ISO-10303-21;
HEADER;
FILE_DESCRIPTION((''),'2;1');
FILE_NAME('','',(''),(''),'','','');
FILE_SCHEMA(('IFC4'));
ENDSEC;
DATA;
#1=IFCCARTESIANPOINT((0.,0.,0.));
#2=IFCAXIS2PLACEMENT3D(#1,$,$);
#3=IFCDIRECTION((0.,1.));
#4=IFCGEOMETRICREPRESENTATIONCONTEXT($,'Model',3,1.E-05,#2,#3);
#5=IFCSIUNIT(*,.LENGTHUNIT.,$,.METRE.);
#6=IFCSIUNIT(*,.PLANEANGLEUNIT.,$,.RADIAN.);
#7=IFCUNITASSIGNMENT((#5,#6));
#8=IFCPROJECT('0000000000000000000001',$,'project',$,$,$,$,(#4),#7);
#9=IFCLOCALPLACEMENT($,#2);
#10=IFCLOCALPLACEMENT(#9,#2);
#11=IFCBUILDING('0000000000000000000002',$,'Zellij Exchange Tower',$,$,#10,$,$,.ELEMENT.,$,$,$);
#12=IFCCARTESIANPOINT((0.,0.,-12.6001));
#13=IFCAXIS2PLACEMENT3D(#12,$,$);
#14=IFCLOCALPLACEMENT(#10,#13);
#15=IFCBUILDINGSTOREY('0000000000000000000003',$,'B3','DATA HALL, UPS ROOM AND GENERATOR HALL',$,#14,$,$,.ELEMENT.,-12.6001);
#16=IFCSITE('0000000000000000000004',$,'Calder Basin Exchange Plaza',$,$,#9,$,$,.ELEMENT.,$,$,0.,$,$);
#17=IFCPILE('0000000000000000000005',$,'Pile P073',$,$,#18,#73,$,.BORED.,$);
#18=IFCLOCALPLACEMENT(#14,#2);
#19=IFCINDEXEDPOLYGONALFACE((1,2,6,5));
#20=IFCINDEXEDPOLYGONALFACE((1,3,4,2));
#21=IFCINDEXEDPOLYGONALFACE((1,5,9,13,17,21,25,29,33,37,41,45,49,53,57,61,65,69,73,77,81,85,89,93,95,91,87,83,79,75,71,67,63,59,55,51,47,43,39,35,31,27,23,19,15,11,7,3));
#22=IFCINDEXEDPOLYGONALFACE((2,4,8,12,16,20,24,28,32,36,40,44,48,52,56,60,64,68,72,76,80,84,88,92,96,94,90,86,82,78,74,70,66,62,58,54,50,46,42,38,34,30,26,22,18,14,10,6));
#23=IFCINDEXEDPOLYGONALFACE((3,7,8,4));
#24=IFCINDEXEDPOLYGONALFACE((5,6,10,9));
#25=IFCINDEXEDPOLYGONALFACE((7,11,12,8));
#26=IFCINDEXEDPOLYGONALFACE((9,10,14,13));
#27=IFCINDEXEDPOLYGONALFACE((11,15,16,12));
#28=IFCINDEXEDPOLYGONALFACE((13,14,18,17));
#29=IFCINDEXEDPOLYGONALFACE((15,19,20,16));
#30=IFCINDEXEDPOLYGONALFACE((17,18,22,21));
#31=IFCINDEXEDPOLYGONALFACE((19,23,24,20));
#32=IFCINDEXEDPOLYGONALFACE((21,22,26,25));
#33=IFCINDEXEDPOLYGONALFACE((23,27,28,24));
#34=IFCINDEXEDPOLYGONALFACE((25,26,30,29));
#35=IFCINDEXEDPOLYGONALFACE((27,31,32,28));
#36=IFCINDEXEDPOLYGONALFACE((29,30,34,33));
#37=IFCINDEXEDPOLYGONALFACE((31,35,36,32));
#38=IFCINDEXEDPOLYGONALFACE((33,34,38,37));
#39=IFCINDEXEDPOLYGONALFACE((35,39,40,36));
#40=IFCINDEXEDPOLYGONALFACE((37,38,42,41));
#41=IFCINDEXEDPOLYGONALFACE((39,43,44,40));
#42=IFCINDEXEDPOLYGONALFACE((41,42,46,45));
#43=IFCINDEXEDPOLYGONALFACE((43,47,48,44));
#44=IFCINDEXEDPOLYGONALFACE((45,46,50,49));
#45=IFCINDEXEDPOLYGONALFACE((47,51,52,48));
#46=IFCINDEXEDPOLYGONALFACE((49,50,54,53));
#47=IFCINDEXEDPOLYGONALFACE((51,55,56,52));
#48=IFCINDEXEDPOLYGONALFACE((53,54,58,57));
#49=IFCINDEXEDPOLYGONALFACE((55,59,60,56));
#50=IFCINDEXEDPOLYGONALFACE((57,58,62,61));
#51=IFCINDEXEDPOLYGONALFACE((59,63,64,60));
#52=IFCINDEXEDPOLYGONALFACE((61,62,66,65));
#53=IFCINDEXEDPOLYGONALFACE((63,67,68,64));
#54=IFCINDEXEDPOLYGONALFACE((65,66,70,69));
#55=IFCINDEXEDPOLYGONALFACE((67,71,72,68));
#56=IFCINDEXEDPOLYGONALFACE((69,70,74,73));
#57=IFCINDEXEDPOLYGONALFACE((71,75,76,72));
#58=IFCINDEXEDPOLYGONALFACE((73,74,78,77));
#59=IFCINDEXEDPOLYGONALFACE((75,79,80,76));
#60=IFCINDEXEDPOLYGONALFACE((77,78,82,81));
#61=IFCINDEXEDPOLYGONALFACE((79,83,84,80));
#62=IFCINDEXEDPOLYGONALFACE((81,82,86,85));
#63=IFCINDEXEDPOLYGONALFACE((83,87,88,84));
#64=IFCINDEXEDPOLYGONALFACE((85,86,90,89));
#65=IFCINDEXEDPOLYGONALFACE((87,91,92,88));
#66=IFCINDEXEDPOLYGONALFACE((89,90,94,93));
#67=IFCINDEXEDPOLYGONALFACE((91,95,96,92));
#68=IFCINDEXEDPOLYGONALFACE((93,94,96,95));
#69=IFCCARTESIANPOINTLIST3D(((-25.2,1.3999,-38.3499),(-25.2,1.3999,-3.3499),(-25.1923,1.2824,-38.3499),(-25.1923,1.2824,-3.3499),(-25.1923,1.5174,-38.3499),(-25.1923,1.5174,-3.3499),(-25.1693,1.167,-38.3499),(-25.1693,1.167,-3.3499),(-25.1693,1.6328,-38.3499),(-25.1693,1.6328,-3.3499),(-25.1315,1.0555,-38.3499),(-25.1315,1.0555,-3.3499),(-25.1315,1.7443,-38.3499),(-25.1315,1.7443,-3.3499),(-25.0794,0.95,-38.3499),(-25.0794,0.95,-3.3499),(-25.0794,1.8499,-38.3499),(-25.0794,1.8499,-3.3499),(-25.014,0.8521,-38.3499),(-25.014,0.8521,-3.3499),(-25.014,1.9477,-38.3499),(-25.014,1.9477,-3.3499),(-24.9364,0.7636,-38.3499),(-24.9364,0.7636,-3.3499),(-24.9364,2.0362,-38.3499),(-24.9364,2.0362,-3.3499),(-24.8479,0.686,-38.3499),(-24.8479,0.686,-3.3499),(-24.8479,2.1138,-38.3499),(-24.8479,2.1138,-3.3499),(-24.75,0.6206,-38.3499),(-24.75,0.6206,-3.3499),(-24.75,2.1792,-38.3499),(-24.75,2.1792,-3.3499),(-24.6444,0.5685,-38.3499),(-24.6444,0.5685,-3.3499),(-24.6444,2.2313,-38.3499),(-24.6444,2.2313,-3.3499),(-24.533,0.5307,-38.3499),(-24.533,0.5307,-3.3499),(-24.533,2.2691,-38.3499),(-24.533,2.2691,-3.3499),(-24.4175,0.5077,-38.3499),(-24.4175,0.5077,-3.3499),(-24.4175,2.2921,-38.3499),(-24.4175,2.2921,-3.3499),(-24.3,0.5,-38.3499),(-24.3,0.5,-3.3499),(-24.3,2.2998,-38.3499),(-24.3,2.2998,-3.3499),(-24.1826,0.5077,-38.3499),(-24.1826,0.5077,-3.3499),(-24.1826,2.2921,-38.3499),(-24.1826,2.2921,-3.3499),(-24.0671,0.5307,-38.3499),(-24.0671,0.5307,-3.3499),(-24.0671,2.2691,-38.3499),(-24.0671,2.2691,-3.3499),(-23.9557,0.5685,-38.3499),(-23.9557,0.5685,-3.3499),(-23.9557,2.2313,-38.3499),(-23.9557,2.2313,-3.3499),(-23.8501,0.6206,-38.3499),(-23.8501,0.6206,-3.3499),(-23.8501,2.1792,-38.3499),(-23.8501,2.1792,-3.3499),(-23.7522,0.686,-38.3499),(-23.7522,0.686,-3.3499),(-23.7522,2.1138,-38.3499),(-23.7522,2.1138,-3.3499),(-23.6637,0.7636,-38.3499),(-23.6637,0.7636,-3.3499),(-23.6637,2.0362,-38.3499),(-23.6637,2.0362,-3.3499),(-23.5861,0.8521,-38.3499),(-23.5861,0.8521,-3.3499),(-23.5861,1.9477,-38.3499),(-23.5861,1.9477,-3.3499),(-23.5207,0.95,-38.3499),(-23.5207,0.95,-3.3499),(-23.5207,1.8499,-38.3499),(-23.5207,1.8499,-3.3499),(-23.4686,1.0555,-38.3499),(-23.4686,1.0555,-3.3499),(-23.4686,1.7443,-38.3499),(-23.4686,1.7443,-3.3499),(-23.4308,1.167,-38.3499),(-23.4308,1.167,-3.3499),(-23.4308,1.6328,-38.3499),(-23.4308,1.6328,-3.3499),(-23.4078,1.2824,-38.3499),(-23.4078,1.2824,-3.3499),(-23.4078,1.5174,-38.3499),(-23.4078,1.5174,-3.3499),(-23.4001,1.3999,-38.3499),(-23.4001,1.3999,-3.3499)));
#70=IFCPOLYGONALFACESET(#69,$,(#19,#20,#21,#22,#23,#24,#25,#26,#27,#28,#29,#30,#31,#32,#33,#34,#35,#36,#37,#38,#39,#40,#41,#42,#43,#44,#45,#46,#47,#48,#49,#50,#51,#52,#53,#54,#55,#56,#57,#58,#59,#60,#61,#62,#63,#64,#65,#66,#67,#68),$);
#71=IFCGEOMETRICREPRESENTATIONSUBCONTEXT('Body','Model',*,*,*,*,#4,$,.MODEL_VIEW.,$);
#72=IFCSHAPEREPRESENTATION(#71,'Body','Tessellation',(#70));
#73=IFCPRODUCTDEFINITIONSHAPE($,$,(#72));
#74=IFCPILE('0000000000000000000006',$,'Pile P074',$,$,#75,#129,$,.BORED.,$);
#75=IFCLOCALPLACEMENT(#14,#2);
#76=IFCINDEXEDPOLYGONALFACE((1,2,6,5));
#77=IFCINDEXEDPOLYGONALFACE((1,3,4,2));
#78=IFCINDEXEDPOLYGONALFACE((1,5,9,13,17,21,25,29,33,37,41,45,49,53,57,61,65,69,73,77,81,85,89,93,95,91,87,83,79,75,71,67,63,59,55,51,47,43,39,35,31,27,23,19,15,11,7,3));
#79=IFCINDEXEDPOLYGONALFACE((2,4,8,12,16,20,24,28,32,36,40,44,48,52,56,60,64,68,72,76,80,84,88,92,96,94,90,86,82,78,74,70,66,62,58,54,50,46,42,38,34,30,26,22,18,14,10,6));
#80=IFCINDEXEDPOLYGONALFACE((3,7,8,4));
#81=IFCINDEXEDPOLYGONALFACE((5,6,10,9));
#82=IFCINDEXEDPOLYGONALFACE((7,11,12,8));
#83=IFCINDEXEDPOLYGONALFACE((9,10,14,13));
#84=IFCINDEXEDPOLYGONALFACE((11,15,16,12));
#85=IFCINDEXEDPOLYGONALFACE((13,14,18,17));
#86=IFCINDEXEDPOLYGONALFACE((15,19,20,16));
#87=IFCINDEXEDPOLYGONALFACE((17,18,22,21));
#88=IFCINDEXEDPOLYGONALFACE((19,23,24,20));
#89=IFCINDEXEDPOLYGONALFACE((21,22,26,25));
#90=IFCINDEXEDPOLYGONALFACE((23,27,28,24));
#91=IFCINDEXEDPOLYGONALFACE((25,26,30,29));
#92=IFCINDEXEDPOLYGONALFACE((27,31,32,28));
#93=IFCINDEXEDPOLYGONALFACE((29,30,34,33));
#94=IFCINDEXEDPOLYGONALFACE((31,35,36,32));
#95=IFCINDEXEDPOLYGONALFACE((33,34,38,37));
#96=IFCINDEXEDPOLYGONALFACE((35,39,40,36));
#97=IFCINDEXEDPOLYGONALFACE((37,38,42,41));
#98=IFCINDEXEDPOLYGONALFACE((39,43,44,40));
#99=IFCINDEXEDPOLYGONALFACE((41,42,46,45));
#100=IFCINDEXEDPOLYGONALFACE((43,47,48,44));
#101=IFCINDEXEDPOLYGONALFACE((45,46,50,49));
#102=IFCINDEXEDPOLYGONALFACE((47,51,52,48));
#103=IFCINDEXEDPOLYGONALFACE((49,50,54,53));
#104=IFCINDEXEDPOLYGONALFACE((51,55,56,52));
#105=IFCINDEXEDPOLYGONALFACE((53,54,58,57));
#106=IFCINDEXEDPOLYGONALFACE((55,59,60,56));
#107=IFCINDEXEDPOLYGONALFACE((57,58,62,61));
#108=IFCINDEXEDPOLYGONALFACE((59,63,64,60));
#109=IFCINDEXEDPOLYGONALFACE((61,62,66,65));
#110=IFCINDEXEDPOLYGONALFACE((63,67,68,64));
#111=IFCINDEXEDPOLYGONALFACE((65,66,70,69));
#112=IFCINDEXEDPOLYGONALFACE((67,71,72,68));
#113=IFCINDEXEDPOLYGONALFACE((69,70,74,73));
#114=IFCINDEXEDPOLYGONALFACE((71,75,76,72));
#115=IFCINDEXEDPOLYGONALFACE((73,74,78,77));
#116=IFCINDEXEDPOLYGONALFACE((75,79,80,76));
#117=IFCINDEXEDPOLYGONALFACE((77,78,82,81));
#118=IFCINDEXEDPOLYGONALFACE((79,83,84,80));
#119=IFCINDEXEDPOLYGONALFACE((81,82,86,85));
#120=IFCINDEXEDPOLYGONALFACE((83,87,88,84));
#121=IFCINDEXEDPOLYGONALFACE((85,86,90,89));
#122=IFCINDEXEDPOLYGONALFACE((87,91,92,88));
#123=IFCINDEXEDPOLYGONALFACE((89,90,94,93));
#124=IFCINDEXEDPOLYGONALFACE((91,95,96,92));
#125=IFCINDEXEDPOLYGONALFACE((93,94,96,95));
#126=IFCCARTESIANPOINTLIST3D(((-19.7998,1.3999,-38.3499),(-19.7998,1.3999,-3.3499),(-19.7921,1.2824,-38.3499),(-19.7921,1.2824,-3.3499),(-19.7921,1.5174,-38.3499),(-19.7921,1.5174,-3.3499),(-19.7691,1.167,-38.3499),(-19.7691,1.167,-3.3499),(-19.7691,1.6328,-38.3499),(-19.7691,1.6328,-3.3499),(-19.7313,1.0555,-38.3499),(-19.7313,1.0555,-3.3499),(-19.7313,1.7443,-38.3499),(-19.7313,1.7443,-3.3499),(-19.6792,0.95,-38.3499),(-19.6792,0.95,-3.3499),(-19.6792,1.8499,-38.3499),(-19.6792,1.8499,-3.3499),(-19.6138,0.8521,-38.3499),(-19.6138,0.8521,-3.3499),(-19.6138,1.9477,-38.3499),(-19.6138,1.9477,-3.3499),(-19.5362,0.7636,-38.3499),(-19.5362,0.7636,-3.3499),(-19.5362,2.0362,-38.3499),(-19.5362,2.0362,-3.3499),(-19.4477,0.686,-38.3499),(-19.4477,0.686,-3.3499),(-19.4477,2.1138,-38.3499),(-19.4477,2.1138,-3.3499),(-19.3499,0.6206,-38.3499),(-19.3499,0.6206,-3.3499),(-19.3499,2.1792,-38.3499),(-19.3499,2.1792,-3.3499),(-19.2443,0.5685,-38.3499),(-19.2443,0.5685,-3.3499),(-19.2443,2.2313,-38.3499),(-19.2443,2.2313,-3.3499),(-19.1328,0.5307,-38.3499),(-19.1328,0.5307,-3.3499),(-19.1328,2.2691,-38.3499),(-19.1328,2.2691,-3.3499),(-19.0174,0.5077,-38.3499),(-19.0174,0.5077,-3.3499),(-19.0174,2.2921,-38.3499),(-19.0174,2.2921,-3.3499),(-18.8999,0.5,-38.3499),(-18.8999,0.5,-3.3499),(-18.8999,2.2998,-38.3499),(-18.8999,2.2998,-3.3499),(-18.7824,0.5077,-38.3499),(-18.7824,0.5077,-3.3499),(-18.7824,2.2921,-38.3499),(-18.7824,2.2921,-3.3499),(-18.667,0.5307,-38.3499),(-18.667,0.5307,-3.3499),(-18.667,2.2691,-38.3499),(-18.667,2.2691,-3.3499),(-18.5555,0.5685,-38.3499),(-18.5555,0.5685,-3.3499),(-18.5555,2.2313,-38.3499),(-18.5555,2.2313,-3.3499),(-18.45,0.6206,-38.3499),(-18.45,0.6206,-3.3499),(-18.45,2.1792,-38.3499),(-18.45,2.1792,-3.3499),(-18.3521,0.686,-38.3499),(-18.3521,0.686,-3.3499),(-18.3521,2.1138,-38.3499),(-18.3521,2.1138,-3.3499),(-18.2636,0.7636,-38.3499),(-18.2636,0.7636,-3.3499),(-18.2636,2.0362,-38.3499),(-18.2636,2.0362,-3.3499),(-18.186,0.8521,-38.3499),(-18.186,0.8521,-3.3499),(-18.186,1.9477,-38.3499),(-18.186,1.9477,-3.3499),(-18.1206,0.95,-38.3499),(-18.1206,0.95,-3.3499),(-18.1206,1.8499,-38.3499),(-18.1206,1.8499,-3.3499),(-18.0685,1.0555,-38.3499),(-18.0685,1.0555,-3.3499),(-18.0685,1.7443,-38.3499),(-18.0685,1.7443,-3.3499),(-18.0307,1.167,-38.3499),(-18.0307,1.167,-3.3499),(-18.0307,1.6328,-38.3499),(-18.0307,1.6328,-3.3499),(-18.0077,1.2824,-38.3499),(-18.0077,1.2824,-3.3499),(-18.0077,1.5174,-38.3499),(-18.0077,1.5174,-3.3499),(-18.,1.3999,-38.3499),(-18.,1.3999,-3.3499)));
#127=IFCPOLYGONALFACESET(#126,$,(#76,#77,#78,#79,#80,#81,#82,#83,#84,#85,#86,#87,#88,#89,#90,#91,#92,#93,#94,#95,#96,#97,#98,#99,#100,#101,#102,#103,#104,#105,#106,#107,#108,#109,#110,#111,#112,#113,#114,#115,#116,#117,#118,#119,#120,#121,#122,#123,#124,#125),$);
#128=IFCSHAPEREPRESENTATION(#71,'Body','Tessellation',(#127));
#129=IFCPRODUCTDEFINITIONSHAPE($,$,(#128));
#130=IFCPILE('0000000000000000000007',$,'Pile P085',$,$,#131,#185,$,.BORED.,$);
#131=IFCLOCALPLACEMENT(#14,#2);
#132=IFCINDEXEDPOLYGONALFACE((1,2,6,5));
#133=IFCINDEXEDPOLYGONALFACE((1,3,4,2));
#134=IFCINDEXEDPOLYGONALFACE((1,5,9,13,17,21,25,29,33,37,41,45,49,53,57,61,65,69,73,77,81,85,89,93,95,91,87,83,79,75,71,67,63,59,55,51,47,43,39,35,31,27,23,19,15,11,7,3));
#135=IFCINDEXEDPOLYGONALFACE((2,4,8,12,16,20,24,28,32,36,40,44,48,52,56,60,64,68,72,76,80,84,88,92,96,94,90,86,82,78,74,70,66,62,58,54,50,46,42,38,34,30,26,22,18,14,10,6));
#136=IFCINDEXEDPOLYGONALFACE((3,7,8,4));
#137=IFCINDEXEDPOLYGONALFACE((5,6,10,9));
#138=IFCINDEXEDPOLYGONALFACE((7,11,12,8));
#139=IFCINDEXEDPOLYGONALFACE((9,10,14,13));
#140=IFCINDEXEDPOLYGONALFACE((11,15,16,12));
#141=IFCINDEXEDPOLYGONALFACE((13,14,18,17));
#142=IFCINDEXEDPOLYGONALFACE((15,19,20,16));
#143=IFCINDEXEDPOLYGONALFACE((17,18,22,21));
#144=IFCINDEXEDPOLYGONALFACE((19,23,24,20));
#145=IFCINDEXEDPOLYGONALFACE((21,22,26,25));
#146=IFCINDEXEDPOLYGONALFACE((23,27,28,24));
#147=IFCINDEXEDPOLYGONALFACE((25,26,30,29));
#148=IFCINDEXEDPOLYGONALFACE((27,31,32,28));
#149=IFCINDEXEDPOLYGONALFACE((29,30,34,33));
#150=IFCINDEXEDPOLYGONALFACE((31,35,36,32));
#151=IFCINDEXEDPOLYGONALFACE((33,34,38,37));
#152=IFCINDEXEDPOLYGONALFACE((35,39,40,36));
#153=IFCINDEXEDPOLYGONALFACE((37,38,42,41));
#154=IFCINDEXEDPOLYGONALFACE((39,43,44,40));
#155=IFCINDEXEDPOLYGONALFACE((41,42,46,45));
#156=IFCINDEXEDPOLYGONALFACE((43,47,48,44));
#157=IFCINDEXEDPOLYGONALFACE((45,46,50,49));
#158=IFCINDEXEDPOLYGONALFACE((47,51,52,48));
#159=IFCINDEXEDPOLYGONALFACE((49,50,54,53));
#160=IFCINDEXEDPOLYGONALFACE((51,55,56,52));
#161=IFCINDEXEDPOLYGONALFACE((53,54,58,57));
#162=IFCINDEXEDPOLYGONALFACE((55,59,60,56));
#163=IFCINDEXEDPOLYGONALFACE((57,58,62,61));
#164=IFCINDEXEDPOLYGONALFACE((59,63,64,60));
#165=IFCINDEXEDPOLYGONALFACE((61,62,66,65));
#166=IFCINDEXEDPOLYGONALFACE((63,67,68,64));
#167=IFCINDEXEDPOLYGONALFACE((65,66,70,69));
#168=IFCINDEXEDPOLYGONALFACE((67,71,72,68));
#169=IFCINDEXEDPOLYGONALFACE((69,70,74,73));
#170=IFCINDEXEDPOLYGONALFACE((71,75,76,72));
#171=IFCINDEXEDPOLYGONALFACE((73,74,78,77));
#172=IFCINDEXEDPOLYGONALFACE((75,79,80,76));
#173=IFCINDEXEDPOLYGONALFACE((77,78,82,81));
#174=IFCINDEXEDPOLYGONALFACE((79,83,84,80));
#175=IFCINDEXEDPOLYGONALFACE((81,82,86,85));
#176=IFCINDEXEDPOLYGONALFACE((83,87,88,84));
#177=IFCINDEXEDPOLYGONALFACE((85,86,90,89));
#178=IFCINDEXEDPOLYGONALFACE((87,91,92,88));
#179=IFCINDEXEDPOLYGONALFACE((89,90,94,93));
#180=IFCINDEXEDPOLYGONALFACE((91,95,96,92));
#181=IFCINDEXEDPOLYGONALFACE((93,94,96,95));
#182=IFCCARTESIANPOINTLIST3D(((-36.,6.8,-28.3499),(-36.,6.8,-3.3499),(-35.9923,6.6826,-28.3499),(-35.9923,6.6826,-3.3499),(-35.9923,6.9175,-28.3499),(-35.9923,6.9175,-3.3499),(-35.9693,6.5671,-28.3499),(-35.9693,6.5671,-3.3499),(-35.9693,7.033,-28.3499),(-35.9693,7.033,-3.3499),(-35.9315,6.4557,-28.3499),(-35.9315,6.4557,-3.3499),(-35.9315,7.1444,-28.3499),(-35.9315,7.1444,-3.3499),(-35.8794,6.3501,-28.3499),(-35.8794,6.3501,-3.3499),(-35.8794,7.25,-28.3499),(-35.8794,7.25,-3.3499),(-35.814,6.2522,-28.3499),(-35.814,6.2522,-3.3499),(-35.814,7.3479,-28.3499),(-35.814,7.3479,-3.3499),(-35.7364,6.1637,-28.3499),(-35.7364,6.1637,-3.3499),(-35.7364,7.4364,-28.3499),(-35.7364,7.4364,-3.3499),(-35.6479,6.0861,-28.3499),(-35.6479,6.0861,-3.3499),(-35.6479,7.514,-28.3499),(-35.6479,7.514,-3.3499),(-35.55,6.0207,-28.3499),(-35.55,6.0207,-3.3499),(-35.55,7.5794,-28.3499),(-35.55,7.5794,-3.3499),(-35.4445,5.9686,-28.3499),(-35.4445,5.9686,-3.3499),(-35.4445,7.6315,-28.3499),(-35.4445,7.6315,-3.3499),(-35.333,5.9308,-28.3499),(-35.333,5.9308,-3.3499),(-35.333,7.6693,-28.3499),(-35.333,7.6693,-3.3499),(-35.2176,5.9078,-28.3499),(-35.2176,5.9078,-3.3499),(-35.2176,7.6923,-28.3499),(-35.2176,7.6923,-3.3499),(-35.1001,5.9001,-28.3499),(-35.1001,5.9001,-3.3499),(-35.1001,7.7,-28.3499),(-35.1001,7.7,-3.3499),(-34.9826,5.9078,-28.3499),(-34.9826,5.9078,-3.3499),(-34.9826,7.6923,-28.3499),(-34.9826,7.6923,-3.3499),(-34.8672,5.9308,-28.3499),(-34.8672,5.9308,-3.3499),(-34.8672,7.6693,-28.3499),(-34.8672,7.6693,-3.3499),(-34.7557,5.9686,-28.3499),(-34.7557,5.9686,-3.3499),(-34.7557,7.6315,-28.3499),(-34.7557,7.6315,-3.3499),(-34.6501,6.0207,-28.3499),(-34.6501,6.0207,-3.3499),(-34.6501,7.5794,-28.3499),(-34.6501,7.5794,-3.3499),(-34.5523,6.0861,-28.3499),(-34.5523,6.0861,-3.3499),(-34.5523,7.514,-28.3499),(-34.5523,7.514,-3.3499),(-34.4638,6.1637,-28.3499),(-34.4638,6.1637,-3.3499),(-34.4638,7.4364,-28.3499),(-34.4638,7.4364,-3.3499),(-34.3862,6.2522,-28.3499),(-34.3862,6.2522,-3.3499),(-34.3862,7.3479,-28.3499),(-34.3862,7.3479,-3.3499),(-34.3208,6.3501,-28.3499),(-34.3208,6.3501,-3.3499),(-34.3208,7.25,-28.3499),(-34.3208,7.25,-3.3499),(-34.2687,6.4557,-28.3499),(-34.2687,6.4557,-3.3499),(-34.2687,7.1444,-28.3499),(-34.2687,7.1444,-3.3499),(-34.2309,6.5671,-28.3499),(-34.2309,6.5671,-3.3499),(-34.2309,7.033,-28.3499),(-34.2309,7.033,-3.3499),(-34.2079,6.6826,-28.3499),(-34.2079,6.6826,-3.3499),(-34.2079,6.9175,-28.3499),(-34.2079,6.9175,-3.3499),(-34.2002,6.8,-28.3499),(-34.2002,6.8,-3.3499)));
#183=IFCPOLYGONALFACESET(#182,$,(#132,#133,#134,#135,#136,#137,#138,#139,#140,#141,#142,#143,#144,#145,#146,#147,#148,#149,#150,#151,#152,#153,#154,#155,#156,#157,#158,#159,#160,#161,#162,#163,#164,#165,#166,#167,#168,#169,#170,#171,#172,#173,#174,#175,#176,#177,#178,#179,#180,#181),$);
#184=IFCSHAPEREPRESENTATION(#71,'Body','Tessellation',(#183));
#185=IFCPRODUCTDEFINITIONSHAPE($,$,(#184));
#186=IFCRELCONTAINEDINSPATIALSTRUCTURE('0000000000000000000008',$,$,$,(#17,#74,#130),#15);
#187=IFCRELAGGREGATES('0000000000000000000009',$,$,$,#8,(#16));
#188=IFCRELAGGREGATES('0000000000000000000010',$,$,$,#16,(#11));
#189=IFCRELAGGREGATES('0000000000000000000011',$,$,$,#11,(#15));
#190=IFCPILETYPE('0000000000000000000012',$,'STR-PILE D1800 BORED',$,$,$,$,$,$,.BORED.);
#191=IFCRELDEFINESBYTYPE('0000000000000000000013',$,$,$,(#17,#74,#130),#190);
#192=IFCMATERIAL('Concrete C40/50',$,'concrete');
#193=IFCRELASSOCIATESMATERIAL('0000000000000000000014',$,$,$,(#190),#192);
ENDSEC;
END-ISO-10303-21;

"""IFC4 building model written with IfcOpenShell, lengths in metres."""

from ifc_helpers import new_model, si_unit, direction, frame, origin, origin_2d, place, context, subcontext, project, spatial, circle, extrude, material, material_profile, profile_set, type_object, element, save


model = new_model("IFC4")

# Units and contexts
model_context = context("Model", 3, precision=1e-05, world=origin(), true_north=direction((0.0, 1.0)))
body_context = subcontext(model_context, "Body", "Model", "MODEL_VIEW")
ifc_project = project(units=[si_unit("LENGTHUNIT", "METRE"), si_unit("PLANEANGLEUNIT", "RADIAN")], contexts=[model_context])

# Site, building, storey
site_placement = place(None, origin())
site = spatial("IfcSite", under=ifc_project, at=site_placement, Name="Calder Basin Exchange Plaza", CompositionType="ELEMENT", RefElevation=0.0)
building_placement = place(site_placement, origin())
building = spatial("IfcBuilding", under=site, at=building_placement, Name="Zellij Exchange Tower", CompositionType="ELEMENT")
storey_placement = place(building_placement, frame((0.0, 0.0, -12.6001)))
storey = spatial("IfcBuildingStorey", under=building, at=storey_placement, Name="B3", Description="DATA HALL, UPS ROOM AND GENERATOR HALL", CompositionType="ELEMENT", Elevation=-12.6001)

# Piles
ifc_material_1 = material(Name="Concrete C40/50", Category="concrete")
ifc_material_profile_1 = material_profile(ifc_material_1, circle(Radius=0.8999, at=origin_2d()), Name="STR-PILE D1800 BORED")
ifc_profile_set_1 = profile_set([ifc_material_profile_1], Name="Concrete C40/50")
pile_type = type_object("IfcPileType", Name="STR-PILE D1800 BORED", PredefinedType="BORED", material=ifc_profile_set_1)
for number, where, z_axis, x_axis, name in (
    (1, (-24.3, 1.3999, -3.3499), (0.0, 0.0, -1.0), (1.0, 0.0, 0.0), "Pile P073"),
    (2, (-18.8999, 1.3999, -3.3499), (0.0, 0.0, -1.0), (1.0, 0.0, 0.0), "Pile P074"),
):
    element("IfcPile", number, at=place(storey_placement, frame(where, z_axis=z_axis, x_axis=x_axis)), inside=storey, type_object=pile_type, Name=name, PredefinedType="BORED", context=body_context, shape_type="SweptSolid", body=[
        extrude(circle(Radius=0.8999, at=origin_2d()), origin(), (0.0, 0.0, 1.0), 35.0),
    ])
pile_1_placement = place(storey_placement, frame((-35.1001, 6.8, -3.3499), z_axis=(0.0, 0.0, -1.0), x_axis=(1.0, 0.0, 0.0)))
element("IfcPile", 3, at=pile_1_placement, inside=storey, type_object=pile_type, Name="Pile P085", PredefinedType="BORED", context=body_context, shape_type="SweptSolid", body=[
    extrude(circle(Radius=0.8999, at=origin_2d()), origin(), (0.0, 0.0, 1.0), 25.0),
])

save(model, "model.ifc")
